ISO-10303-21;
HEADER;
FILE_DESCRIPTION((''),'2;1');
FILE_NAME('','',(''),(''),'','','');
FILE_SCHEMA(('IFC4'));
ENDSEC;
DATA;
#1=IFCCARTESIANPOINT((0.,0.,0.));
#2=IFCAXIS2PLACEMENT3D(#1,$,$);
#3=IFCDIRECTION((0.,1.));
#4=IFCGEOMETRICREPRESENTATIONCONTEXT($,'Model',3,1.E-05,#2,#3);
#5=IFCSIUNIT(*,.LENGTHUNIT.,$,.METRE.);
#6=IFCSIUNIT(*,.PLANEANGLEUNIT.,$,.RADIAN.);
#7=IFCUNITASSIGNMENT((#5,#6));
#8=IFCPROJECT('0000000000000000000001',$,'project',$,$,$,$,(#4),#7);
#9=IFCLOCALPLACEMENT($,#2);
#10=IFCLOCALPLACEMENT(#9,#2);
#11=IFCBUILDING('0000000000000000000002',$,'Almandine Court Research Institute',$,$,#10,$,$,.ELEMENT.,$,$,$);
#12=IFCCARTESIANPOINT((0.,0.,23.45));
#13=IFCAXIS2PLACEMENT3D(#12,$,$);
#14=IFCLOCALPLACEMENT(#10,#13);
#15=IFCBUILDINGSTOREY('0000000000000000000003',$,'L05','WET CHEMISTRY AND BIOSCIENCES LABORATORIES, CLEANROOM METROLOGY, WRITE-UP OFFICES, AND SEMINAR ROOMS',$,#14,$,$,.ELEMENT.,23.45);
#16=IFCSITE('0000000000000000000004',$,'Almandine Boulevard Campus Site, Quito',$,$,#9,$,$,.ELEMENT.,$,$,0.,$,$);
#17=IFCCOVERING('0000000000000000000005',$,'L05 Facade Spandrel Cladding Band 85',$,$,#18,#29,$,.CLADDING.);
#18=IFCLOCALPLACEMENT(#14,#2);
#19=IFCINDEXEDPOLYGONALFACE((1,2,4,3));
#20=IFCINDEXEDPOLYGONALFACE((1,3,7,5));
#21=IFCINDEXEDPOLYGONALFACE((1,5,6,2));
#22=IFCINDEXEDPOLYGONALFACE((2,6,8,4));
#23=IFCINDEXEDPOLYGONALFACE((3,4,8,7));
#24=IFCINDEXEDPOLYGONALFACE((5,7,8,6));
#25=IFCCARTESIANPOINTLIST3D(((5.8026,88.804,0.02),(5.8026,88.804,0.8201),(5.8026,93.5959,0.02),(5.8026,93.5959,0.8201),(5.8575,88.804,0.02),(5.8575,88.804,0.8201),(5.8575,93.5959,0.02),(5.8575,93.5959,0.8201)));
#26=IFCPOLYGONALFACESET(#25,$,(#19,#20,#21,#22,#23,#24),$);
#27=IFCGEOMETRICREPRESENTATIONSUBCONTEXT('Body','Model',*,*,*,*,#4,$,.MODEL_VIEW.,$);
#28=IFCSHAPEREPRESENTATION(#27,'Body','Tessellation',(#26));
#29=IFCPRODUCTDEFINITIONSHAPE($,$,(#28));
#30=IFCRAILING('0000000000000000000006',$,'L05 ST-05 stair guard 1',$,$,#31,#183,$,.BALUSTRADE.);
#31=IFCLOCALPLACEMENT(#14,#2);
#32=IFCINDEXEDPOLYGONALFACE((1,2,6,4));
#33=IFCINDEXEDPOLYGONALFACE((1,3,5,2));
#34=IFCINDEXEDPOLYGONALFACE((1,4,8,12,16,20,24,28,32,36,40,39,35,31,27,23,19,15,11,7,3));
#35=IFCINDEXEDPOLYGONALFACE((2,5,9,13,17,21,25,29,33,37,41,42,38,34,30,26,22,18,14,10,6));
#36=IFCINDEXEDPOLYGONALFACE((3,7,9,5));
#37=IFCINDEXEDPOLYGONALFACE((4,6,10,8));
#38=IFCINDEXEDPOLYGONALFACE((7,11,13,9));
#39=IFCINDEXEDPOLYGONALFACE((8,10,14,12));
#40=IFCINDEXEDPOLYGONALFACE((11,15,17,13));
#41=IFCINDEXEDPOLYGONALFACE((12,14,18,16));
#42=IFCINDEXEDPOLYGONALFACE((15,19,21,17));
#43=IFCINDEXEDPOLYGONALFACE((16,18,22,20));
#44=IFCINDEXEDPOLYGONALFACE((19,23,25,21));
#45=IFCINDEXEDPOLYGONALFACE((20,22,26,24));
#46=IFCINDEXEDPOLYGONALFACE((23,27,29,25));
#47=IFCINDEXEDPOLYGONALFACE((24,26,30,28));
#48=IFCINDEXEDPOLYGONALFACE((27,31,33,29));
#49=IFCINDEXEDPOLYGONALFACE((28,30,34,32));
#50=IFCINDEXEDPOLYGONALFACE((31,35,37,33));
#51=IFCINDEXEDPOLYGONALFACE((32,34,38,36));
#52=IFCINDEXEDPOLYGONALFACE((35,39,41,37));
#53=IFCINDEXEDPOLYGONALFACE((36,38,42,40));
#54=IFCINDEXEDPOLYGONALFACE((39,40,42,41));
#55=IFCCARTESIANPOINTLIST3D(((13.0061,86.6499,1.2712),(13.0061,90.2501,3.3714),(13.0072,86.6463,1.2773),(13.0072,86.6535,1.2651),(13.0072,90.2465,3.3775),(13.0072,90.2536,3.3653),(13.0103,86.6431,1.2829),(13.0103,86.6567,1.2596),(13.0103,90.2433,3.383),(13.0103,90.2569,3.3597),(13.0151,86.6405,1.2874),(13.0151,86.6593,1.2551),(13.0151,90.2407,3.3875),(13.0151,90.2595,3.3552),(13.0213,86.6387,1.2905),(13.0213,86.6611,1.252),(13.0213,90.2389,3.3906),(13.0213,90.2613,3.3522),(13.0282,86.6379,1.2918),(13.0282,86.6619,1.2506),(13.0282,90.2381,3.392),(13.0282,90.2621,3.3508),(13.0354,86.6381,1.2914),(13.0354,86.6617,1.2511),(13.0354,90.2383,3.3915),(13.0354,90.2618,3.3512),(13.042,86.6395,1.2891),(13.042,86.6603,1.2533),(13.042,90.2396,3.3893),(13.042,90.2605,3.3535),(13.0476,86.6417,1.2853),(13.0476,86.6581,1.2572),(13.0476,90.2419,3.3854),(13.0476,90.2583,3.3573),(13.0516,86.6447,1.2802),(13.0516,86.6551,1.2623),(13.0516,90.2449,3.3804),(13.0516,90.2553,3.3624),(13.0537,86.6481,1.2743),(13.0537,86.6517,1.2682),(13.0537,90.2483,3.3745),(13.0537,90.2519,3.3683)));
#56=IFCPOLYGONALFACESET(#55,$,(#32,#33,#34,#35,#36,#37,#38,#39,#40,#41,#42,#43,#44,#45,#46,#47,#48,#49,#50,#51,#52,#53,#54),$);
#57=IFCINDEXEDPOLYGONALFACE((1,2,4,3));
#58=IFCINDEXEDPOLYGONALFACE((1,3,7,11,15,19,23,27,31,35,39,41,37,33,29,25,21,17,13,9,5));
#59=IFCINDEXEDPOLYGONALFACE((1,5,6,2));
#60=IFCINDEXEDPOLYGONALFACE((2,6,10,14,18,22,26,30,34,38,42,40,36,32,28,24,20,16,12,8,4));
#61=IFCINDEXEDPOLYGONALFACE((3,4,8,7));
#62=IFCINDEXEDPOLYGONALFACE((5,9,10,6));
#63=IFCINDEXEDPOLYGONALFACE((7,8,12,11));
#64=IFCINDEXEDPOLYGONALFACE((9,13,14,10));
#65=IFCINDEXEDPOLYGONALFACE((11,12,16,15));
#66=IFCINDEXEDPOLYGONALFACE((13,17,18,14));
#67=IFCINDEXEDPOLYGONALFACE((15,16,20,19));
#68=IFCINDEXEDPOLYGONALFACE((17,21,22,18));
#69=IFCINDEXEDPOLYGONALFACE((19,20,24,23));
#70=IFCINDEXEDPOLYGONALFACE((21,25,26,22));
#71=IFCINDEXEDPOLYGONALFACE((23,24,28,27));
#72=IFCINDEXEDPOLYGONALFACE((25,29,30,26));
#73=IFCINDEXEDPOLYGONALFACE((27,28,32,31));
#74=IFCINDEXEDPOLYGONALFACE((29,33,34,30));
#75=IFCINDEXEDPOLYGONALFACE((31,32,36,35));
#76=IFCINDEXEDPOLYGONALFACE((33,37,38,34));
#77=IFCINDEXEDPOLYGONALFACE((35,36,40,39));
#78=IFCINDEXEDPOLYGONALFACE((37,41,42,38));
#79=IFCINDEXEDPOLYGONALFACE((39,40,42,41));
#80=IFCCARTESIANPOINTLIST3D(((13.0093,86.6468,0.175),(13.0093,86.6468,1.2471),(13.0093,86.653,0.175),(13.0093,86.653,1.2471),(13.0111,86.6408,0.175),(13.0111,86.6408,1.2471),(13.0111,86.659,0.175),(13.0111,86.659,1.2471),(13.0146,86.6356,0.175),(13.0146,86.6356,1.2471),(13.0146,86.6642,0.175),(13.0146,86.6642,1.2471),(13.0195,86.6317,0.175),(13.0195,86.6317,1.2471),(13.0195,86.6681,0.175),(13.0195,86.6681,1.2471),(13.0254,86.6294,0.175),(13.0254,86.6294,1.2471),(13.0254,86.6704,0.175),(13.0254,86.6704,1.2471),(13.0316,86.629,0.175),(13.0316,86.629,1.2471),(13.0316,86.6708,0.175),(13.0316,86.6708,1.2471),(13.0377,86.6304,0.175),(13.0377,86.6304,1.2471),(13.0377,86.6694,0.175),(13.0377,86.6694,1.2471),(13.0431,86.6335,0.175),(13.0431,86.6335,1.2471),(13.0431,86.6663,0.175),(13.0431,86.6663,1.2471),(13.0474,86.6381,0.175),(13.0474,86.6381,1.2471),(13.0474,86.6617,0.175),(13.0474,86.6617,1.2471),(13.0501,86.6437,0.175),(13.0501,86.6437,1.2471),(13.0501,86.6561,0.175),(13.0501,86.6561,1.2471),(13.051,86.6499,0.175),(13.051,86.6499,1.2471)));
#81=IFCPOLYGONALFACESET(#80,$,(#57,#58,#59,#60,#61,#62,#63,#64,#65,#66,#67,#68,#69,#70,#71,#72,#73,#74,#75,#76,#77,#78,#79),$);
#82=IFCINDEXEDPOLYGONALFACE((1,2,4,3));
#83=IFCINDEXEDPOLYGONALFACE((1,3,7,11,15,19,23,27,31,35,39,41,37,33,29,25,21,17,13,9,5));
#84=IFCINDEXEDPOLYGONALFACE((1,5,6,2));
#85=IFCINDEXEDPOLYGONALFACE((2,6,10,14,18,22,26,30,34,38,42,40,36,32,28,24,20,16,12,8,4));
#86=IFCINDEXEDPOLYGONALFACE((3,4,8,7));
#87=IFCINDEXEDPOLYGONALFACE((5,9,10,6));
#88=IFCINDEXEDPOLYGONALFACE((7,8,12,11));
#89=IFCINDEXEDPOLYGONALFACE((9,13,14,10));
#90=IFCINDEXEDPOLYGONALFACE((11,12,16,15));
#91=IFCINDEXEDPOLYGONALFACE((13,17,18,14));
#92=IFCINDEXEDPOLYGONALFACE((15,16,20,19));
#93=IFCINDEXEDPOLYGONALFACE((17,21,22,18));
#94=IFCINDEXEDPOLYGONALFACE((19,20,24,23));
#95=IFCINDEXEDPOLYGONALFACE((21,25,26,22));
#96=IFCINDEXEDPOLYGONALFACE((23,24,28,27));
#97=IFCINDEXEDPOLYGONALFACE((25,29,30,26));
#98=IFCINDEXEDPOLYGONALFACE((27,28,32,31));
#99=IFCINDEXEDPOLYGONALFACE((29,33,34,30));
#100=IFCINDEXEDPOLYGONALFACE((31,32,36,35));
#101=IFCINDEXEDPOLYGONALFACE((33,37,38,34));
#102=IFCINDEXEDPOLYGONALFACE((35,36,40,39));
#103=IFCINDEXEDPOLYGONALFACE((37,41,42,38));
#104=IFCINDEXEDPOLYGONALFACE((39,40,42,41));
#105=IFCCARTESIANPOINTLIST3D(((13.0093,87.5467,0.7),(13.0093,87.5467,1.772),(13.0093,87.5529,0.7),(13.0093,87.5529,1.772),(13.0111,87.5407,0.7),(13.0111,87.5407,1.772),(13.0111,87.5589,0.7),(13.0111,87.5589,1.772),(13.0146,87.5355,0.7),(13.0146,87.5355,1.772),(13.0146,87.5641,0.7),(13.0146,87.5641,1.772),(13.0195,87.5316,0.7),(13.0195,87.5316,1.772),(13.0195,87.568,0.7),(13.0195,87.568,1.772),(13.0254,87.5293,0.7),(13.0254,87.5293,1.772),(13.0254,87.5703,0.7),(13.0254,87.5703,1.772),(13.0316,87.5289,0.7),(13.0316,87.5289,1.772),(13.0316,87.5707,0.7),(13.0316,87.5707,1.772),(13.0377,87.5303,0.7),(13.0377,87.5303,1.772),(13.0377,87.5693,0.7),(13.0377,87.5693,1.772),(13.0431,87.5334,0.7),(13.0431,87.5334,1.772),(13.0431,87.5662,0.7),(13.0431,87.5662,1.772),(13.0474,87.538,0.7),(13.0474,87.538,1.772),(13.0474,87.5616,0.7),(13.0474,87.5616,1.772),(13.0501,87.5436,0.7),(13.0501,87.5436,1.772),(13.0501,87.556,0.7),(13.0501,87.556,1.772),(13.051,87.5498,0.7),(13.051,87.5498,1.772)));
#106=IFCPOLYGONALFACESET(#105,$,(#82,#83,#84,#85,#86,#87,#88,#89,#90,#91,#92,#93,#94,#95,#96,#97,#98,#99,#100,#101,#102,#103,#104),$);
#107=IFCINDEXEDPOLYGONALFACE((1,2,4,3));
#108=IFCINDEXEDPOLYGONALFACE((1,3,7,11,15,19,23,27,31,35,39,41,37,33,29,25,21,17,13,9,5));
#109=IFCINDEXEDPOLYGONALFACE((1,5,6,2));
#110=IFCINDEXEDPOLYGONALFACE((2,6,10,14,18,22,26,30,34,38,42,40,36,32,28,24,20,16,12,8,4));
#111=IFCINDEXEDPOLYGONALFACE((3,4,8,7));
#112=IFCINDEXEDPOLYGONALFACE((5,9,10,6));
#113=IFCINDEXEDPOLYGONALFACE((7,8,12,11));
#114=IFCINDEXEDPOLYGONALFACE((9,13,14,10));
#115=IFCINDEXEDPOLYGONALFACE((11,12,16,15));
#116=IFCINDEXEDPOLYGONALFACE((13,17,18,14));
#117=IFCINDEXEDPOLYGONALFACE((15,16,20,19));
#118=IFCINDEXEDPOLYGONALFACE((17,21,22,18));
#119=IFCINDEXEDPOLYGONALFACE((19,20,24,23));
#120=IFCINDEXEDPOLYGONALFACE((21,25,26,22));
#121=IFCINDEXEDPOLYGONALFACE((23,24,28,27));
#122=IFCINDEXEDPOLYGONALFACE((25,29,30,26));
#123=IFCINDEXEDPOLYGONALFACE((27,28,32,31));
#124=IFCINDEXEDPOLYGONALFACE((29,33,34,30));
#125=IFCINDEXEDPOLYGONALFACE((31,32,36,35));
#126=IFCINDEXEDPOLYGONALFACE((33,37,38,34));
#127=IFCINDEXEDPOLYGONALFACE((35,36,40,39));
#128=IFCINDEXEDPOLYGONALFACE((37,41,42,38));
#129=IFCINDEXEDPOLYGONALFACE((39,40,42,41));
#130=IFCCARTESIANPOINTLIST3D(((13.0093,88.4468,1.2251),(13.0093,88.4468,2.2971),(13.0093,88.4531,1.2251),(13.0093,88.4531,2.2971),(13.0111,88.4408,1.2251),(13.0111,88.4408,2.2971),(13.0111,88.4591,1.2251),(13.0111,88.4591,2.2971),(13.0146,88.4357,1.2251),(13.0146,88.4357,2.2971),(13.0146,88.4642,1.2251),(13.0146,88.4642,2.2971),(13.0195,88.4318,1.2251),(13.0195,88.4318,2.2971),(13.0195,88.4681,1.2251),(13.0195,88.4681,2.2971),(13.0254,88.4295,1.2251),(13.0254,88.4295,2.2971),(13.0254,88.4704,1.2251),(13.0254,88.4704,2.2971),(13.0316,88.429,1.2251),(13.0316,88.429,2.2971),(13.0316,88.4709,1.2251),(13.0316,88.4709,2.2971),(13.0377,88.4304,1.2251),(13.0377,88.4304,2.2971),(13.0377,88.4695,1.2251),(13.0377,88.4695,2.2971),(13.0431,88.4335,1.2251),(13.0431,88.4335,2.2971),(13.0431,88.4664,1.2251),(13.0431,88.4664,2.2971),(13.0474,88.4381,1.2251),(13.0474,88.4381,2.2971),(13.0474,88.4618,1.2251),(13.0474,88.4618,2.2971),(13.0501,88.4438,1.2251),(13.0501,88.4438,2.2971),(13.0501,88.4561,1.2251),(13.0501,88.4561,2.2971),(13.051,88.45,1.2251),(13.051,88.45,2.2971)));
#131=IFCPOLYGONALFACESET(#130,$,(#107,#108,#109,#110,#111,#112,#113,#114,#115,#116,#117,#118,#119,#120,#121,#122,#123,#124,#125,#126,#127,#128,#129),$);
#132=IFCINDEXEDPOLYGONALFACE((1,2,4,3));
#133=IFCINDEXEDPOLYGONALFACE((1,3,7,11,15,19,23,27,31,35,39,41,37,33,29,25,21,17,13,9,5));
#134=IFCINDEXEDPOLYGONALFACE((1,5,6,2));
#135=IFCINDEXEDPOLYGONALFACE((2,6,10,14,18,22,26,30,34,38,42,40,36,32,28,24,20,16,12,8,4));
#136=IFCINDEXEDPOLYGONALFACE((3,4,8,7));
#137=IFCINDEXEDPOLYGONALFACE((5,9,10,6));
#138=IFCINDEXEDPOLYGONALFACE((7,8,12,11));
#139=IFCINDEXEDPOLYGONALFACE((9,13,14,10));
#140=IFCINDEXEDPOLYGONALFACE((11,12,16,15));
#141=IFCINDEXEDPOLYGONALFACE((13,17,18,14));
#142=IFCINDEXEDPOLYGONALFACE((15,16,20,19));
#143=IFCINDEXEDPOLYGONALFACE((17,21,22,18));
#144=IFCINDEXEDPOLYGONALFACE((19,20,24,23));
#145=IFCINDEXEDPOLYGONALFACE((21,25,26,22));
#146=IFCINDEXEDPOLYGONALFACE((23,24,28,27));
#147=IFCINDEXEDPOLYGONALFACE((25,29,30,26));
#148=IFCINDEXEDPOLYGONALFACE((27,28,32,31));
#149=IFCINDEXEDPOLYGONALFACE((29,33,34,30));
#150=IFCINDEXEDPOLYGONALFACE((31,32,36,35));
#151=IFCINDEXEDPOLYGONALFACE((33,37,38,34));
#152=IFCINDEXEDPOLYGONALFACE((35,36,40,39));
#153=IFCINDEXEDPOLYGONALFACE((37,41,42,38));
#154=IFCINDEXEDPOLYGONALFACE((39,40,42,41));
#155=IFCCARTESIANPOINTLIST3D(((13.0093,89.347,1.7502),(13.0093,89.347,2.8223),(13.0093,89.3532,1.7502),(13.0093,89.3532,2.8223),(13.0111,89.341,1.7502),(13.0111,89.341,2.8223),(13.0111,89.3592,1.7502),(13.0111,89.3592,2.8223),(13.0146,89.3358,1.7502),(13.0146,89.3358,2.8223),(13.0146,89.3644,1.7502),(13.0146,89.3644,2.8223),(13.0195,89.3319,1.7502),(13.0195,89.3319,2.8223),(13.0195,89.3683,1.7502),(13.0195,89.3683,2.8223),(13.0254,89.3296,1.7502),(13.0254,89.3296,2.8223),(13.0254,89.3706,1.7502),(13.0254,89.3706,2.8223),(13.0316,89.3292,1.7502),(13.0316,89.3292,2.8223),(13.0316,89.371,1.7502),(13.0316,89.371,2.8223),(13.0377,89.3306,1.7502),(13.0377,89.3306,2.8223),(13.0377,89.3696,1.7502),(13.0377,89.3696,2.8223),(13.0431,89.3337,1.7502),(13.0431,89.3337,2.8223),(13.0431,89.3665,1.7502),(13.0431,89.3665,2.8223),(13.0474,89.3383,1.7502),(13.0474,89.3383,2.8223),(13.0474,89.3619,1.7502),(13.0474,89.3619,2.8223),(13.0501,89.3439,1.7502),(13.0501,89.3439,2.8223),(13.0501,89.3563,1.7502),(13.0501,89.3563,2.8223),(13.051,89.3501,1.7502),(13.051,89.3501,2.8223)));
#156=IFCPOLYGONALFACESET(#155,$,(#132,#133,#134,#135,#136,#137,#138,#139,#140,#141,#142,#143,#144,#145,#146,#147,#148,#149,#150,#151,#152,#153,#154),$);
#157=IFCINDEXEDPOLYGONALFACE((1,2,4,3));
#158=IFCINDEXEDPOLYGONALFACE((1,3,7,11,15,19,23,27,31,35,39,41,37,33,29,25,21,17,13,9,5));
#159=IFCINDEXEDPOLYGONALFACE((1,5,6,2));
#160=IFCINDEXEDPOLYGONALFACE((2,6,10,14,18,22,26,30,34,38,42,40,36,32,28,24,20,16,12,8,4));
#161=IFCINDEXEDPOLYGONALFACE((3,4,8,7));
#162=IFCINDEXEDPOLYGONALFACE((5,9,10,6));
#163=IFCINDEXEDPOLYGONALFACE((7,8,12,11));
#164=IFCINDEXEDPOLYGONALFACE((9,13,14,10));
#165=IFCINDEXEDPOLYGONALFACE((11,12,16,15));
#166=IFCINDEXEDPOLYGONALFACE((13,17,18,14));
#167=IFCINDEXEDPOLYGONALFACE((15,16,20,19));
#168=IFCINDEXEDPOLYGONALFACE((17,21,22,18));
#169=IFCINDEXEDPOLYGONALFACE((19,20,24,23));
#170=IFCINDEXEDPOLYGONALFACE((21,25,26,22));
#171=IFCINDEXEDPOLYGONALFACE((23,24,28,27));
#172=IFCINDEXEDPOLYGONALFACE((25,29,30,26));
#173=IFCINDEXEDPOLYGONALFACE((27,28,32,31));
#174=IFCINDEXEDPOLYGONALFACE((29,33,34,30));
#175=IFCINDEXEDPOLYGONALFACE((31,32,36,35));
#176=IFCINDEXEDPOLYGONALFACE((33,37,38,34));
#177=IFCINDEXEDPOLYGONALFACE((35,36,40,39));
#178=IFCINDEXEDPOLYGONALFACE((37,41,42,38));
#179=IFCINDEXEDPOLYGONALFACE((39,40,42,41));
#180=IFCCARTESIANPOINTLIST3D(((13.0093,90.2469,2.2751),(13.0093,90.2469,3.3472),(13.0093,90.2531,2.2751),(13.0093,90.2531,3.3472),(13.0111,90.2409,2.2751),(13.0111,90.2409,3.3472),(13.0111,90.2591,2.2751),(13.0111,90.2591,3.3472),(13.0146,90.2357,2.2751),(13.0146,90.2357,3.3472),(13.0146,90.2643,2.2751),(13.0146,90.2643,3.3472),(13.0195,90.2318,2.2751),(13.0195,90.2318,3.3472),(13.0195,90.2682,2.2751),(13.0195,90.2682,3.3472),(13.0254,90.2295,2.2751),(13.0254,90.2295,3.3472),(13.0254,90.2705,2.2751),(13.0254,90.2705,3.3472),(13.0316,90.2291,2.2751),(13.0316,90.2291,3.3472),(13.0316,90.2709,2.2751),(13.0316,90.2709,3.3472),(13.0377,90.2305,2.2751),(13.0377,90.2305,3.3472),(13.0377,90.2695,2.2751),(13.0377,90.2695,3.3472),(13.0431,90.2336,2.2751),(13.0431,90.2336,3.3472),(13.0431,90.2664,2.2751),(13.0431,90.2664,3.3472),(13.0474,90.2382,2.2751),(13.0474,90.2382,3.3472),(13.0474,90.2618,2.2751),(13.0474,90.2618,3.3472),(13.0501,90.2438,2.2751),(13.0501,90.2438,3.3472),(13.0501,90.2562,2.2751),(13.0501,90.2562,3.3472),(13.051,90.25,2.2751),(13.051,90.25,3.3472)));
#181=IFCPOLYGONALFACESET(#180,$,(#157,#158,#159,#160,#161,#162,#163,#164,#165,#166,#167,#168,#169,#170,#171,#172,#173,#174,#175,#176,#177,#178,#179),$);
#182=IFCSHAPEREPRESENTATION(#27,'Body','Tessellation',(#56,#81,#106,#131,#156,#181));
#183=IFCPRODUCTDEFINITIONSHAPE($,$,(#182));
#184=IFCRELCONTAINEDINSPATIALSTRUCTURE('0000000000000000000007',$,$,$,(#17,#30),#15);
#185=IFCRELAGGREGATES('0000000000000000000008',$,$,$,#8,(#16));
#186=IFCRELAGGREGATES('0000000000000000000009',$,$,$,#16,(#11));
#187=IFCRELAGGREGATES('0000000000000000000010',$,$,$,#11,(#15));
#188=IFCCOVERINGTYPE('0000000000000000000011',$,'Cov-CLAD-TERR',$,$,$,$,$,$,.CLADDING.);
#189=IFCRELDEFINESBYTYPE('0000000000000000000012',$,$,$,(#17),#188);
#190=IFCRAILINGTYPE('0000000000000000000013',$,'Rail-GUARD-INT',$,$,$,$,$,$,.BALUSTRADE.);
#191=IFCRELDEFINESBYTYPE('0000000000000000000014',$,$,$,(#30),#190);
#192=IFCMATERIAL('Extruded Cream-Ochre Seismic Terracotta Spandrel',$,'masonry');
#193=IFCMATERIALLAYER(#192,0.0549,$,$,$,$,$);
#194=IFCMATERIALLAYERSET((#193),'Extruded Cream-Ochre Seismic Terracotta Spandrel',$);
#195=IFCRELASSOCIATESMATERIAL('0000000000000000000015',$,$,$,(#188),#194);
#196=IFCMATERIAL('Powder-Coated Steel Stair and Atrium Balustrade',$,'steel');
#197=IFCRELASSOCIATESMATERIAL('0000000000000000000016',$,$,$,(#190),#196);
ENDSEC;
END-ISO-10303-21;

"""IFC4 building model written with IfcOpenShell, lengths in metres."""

from ifc_helpers import new_model, si_unit, direction, frame, origin, origin_2d, place, context, subcontext, project, spatial, rectangle, circle, extrude, material, layer, layer_set, type_object, element, save


model = new_model("IFC4")

# Units and contexts
model_context = context("Model", 3, precision=1e-05, world=origin(), true_north=direction((0.0, 1.0)))
body_context = subcontext(model_context, "Body", "Model", "MODEL_VIEW")
ifc_project = project(units=[si_unit("LENGTHUNIT", "METRE"), si_unit("PLANEANGLEUNIT", "RADIAN")], contexts=[model_context])

# Site, building, storey
site_placement = place(None, origin())
site = spatial("IfcSite", under=ifc_project, at=site_placement, Name="Almandine Boulevard Campus Site, Quito", CompositionType="ELEMENT", RefElevation=0.0)
building_placement = place(site_placement, origin())
building = spatial("IfcBuilding", under=site, at=building_placement, Name="Almandine Court Research Institute", CompositionType="ELEMENT")
storey_placement = place(building_placement, frame((0.0, 0.0, 23.45)))
storey = spatial("IfcBuildingStorey", under=building, at=storey_placement, Name="L05", Description="WET CHEMISTRY AND BIOSCIENCES LABORATORIES, CLEANROOM METROLOGY, WRITE-UP OFFICES, AND SEMINAR ROOMS", CompositionType="ELEMENT", Elevation=23.45)

# Covering
ifc_material_1 = material(Name="Extruded Cream-Ochre Seismic Terracotta Spandrel", Category="masonry")
ifc_layer_1 = layer(ifc_material_1, 0.0549)
ifc_layer_set_1 = layer_set([ifc_layer_1], Name="Extruded Cream-Ochre Seismic Terracotta Spandrel")
covering_type = type_object("IfcCoveringType", Name="Cov-CLAD-TERR", PredefinedType="CLADDING", material=ifc_layer_set_1)
covering_placement = place(storey_placement, frame((5.8301, 91.2, 0.02), z_axis=(0.0, 0.0, 1.0), x_axis=(0.0, 1.0, 0.0)))
element("IfcCovering", 1, at=covering_placement, inside=storey, type_object=covering_type, Name="L05 Facade Spandrel Cladding Band 85", PredefinedType="CLADDING", context=body_context, shape_type="SweptSolid", body=[
    extrude(rectangle(XDim=4.792, YDim=0.0549, at=origin_2d()), origin(), (0.0, 0.0, 1.0), 0.8),
])

# Railing
ifc_material_2 = material(Name="Powder-Coated Steel Stair and Atrium Balustrade", Category="steel")
railing_type_1 = type_object("IfcRailingType", Name="Rail-GUARD-INT", PredefinedType="BALUSTRADE", material=ifc_material_2)
railing_1_placement = place(storey_placement, frame((13.03, 86.6499, 0.175)))
element("IfcRailing", 2, at=railing_1_placement, inside=storey, type_object=railing_type_1, Name="L05 ST-05 stair guard 1", PredefinedType="BALUSTRADE", context=body_context, shape_type="SweptSolid", body=[
    extrude(circle(Radius=0.0239, at=origin_2d()), frame((0.0, 0.0, 1.0962), z_axis=(0.0, 0.863775, 0.503878), x_axis=(-1.0, 0.0, 0.0)), (0.0, 0.0, 1.0), 4.168),
    extrude(circle(Radius=0.021, at=origin_2d()), origin(), (0.0, 0.0, 1.0), 1.072),
    extrude(circle(Radius=0.021, at=origin_2d()), frame((0.0, 0.8999, 0.5249)), (0.0, 0.0, 1.0), 1.072),
    extrude(circle(Radius=0.021, at=origin_2d()), frame((0.0, 1.8, 1.05)), (0.0, 0.0, 1.0), 1.072),
    extrude(circle(Radius=0.021, at=origin_2d()), frame((0.0, 2.7002, 1.5752)), (0.0, 0.0, 1.0), 1.072),
    extrude(circle(Radius=0.021, at=origin_2d()), frame((0.0, 3.6001, 2.1001)), (0.0, 0.0, 1.0), 1.072),
])

save(model, "model.ifc")
